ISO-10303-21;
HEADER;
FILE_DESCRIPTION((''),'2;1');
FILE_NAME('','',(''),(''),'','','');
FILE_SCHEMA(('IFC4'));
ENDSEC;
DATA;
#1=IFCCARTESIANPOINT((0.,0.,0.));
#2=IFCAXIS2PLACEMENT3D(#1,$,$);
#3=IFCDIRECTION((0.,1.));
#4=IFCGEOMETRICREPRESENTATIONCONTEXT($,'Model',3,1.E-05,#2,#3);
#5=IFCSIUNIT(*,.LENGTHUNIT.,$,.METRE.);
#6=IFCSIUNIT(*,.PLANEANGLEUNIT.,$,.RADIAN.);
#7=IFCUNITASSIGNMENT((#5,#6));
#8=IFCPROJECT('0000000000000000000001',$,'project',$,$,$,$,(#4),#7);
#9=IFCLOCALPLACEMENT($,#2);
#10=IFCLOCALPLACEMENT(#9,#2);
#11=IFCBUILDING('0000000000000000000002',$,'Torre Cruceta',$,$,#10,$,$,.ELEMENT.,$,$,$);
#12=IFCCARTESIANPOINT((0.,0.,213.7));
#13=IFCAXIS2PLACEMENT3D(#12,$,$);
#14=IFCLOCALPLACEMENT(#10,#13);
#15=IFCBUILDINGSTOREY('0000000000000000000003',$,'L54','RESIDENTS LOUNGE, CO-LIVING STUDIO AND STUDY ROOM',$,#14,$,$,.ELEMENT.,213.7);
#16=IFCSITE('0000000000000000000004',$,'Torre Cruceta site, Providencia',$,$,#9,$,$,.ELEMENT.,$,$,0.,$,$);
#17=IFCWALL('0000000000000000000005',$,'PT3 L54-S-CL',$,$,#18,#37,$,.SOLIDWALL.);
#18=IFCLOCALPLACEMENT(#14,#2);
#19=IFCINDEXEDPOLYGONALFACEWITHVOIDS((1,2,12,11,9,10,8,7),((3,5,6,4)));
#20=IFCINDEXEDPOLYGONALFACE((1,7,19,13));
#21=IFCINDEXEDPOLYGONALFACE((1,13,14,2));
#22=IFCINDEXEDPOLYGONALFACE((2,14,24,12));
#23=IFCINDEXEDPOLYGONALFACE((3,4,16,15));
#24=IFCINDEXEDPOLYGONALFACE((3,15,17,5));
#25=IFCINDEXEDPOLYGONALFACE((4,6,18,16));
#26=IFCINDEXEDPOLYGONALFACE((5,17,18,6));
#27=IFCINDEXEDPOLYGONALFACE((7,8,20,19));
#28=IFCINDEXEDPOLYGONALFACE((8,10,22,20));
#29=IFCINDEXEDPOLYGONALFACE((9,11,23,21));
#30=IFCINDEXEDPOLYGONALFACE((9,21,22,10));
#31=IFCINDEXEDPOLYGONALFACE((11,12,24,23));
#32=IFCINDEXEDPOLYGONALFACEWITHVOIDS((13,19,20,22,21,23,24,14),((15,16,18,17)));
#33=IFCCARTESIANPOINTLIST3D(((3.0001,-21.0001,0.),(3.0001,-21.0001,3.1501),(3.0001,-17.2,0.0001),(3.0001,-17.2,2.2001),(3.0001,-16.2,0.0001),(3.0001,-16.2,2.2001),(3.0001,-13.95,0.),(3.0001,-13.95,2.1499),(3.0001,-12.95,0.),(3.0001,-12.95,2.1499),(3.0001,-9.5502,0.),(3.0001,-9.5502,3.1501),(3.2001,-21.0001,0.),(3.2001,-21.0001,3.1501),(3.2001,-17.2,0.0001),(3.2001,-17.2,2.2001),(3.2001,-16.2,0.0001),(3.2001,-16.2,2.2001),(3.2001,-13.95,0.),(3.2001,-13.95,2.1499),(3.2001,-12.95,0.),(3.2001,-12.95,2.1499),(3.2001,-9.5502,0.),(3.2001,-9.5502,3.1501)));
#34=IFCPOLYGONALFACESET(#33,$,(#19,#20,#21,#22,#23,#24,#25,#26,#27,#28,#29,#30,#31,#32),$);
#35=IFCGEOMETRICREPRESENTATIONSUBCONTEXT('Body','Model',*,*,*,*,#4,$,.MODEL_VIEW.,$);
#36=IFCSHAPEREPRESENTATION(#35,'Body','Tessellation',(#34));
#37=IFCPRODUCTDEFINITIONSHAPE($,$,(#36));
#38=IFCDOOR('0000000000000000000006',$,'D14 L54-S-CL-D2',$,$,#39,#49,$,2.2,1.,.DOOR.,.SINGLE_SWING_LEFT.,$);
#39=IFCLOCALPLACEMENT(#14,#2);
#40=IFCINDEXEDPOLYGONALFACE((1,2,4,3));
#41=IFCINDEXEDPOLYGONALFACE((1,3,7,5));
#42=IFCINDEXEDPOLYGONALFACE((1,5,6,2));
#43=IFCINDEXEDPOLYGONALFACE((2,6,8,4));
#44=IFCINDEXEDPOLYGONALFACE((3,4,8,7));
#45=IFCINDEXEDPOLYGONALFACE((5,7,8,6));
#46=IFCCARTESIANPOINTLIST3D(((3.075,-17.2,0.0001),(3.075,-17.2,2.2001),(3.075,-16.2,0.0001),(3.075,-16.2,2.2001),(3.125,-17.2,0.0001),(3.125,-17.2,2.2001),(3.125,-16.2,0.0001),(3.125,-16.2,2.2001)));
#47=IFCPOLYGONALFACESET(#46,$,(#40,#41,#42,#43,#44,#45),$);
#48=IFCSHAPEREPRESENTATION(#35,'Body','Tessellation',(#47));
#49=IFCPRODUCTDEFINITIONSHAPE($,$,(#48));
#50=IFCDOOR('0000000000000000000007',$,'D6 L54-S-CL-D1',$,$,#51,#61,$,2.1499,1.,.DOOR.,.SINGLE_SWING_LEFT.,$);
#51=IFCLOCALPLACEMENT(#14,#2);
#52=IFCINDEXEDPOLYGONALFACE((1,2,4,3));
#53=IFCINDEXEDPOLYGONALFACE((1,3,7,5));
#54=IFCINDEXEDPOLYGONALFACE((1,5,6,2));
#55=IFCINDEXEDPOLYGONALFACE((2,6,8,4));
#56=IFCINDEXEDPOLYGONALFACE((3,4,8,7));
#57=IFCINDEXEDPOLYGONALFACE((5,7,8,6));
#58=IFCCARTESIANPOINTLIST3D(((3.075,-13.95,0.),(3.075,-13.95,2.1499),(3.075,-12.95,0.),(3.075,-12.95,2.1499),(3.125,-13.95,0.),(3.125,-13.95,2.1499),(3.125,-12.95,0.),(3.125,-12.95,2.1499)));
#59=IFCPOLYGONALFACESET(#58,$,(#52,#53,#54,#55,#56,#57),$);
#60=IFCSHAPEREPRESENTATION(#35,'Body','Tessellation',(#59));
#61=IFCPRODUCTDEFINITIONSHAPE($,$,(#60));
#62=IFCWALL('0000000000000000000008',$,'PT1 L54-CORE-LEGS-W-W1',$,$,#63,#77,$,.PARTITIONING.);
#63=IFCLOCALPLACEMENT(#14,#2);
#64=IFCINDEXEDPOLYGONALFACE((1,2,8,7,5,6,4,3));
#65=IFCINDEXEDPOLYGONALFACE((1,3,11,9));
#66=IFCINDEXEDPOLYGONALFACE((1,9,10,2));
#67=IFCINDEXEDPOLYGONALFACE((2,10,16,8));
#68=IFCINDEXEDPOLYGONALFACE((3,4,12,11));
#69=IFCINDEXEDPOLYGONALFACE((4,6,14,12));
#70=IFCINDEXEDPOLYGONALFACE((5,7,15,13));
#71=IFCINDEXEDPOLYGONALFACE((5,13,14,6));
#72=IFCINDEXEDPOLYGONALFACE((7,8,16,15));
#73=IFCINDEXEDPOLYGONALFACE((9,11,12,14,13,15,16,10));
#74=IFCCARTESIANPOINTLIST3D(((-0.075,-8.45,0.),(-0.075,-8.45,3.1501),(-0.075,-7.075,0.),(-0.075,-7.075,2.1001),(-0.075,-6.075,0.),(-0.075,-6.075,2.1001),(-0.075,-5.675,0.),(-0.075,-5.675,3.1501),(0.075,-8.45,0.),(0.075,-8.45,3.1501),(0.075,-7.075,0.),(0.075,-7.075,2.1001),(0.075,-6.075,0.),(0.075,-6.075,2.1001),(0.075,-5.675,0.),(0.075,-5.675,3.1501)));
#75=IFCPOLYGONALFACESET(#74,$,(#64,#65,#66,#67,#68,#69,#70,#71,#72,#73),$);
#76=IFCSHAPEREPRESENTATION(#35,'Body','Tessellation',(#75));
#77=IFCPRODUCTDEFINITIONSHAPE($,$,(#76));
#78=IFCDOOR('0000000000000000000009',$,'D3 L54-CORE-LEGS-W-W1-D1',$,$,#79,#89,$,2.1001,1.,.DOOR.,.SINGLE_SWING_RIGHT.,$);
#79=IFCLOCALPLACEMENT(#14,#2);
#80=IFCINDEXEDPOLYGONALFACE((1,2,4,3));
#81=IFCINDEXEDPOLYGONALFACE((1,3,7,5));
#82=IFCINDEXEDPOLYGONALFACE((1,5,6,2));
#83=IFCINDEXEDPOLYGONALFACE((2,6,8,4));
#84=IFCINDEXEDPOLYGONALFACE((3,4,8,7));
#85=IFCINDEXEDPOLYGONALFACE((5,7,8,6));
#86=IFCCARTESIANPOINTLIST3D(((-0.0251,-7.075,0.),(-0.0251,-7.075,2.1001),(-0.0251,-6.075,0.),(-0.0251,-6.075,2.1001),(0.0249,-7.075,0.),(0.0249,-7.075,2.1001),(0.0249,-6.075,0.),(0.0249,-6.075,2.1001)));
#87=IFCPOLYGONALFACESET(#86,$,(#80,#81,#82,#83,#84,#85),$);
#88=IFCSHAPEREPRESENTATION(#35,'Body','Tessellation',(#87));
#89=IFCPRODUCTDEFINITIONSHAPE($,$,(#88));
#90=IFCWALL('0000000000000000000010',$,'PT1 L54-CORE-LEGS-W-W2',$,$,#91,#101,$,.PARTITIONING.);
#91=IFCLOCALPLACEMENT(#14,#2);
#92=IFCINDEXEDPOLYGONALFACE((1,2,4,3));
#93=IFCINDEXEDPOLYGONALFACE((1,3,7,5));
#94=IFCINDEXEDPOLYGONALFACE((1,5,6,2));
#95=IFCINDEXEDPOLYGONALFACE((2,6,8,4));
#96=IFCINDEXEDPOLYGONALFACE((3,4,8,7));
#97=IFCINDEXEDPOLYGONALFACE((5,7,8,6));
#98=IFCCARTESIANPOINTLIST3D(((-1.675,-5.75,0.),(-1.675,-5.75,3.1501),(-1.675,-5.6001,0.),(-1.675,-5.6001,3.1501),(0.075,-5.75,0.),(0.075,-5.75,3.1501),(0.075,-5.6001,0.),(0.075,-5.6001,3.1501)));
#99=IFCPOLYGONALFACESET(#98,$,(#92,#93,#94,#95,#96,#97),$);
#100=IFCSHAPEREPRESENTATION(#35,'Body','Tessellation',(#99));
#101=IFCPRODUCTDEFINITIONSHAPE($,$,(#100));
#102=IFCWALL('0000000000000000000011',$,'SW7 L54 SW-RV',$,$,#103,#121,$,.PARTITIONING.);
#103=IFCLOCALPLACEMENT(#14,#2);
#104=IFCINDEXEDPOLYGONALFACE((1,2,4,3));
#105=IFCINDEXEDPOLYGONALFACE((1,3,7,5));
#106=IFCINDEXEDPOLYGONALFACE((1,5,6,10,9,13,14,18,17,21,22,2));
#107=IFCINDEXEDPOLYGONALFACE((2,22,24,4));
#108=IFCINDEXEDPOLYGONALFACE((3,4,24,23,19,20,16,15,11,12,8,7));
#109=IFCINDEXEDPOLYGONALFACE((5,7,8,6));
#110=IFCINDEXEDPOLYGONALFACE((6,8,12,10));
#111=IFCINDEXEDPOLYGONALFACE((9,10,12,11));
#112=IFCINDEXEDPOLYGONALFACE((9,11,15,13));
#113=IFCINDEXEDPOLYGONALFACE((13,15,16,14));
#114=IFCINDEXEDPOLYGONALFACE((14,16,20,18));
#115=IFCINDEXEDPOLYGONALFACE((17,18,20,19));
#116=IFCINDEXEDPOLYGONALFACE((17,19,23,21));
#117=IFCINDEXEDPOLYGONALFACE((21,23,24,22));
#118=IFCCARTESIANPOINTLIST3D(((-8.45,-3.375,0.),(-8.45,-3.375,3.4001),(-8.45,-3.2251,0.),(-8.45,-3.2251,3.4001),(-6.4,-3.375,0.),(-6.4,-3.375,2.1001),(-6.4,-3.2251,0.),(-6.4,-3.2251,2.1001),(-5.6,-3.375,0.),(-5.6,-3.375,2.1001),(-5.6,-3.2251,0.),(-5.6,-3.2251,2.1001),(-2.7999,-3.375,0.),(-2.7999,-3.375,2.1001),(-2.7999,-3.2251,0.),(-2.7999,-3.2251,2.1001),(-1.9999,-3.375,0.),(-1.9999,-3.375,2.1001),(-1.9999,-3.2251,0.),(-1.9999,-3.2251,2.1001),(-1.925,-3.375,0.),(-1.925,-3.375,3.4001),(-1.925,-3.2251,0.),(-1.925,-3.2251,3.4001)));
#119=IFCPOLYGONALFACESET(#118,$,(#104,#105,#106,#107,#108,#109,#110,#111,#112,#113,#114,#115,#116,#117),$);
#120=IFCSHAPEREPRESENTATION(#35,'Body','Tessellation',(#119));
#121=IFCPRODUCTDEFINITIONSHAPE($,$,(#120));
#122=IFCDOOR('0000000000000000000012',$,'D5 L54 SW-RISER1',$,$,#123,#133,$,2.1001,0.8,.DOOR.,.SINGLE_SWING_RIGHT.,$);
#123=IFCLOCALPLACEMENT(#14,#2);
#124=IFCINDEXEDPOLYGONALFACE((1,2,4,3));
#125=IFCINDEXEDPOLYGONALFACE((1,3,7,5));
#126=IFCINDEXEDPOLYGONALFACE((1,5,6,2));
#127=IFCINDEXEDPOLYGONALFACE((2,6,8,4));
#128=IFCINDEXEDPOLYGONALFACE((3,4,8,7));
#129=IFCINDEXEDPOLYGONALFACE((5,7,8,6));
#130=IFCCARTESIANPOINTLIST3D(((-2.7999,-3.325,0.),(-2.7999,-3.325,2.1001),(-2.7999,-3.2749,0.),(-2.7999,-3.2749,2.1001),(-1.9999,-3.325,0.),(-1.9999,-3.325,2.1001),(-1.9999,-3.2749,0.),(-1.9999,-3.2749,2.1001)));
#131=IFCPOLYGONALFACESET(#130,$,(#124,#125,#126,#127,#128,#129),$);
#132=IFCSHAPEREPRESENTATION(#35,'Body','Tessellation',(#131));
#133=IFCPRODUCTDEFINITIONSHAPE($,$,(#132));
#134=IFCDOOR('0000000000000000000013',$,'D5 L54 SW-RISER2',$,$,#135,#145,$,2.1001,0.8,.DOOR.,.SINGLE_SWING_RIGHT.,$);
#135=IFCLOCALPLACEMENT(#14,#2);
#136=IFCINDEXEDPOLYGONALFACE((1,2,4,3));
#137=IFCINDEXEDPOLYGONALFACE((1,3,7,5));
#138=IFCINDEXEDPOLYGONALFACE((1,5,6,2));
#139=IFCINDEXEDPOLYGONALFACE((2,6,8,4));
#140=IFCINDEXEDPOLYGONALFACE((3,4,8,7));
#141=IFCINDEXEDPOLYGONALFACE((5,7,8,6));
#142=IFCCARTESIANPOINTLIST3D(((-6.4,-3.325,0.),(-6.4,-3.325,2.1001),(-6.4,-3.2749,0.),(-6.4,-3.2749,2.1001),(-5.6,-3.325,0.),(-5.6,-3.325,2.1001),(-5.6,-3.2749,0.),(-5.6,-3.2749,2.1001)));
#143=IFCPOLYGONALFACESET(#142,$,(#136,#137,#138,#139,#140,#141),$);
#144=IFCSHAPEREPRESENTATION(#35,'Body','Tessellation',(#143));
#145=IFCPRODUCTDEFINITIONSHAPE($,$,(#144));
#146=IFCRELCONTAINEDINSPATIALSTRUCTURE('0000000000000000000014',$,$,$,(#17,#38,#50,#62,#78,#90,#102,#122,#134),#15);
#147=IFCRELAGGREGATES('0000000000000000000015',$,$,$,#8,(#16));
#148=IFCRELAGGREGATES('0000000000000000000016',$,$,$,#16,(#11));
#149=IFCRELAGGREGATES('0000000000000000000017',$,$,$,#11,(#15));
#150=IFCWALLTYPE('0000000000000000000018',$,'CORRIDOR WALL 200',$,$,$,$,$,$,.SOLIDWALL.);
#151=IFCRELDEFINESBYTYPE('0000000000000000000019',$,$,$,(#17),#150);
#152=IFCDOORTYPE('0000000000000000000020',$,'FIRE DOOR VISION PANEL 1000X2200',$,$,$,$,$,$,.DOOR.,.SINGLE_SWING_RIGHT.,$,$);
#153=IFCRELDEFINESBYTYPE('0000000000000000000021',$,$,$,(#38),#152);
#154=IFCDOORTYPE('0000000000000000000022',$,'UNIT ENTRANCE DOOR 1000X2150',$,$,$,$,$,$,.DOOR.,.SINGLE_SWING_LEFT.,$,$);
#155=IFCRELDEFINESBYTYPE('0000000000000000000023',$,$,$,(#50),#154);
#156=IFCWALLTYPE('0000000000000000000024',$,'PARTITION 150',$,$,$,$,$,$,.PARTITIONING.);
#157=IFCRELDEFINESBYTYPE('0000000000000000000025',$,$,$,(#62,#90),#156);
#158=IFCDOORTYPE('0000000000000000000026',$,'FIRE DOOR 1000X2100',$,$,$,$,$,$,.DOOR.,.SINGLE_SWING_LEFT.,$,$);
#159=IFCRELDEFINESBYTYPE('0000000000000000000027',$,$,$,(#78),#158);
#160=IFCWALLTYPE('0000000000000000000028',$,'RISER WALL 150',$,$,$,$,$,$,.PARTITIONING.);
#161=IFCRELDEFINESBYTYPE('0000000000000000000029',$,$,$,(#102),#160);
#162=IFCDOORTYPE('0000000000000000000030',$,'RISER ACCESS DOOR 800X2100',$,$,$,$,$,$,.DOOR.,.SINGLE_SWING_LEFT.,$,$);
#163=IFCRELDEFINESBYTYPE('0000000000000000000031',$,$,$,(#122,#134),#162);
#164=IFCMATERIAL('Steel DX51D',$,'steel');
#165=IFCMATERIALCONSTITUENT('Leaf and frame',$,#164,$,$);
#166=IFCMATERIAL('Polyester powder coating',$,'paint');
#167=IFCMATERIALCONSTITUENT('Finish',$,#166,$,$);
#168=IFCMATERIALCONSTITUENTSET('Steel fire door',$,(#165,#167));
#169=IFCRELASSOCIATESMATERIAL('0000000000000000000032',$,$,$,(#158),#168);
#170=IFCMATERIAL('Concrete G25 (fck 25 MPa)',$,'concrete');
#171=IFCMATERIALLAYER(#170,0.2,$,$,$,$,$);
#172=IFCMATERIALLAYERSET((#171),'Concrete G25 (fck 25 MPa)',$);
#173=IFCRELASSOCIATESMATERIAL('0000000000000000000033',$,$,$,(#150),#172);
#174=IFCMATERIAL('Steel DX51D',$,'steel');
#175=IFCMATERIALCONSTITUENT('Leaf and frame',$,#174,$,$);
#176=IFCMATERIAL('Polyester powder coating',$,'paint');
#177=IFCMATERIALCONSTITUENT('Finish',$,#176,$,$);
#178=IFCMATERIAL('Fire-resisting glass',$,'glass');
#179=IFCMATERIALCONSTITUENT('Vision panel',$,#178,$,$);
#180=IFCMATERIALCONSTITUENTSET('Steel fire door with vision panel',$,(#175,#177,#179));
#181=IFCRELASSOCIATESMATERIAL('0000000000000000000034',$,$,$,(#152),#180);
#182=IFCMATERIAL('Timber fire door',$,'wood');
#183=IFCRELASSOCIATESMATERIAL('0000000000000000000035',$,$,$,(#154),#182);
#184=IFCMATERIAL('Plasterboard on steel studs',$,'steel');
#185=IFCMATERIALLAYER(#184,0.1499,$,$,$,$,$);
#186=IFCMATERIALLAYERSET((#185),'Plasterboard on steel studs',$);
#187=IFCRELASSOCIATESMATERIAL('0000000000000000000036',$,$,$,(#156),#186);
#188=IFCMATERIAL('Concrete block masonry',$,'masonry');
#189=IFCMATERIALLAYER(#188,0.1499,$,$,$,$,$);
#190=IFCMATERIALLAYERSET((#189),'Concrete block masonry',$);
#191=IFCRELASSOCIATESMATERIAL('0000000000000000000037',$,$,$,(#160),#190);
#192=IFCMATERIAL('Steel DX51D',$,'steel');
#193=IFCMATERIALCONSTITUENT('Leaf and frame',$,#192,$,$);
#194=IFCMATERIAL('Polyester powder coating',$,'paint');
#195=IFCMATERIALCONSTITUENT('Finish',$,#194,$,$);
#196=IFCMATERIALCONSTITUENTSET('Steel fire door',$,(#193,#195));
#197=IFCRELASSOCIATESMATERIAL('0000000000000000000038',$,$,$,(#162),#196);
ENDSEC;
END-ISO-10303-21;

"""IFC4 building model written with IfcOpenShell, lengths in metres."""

from ifc_helpers import new_model, si_unit, direction, frame, frame_2d, origin, place, context, subcontext, project, spatial, rectangle, extrude, material, layer, layer_set, constituent, constituent_set, type_object, element, fill, save


model = new_model("IFC4")

# Units and contexts
model_context = context("Model", 3, precision=1e-05, world=origin(), true_north=direction((0.0, 1.0)))
body_context = subcontext(model_context, "Body", "Model", "MODEL_VIEW")
ifc_project = project(units=[si_unit("LENGTHUNIT", "METRE"), si_unit("PLANEANGLEUNIT", "RADIAN")], contexts=[model_context])

# Site, building, storey
site_placement = place(None, origin())
site = spatial("IfcSite", under=ifc_project, at=site_placement, Name="Torre Cruceta site, Providencia", CompositionType="ELEMENT", RefElevation=0.0)
building_placement = place(site_placement, origin())
building = spatial("IfcBuilding", under=site, at=building_placement, Name="Torre Cruceta", CompositionType="ELEMENT")
storey_placement = place(building_placement, frame((0.0, 0.0, 213.7)))
storey = spatial("IfcBuildingStorey", under=building, at=storey_placement, Name="L54", Description="RESIDENTS LOUNGE, CO-LIVING STUDIO AND STUDY ROOM", CompositionType="ELEMENT", Elevation=213.7)

# Shared definitions
ifc_material_1 = material(Name="Steel DX51D", Category="steel")
ifc_constituent_1 = constituent(ifc_material_1, Name="Leaf and frame")
ifc_material_2 = material(Name="Polyester powder coating", Category="paint")
ifc_constituent_2 = constituent(ifc_material_2, Name="Finish")
ifc_constituent_set_1 = constituent_set(constituents=[ifc_constituent_1, ifc_constituent_2], Name="Steel fire door")
door_type_1 = type_object("IfcDoorType", Name="FIRE DOOR 1000X2100", OperationType="SINGLE_SWING_LEFT", PredefinedType="DOOR", material=ifc_constituent_set_1)

# Wall, openings, doors
ifc_material_3 = material(Name="Concrete G25 (fck 25 MPa)", Category="concrete")
ifc_layer_1 = layer(ifc_material_3, 0.2)
ifc_layer_set_1 = layer_set([ifc_layer_1], Name="Concrete G25 (fck 25 MPa)")
wall_type_1 = type_object("IfcWallType", Name="CORRIDOR WALL 200", PredefinedType="SOLIDWALL", material=ifc_layer_set_1)
wall_1_placement = place(storey_placement, frame((3.1001, -9.55, 0.0), z_axis=(0.0, 0.0, 1.0), x_axis=(0.0, -1.0, 0.0)))
wall_1 = element("IfcWall", 1, at=wall_1_placement, inside=storey, type_object=wall_type_1, Name="PT3 L54-S-CL", PredefinedType="SOLIDWALL", context=body_context, shape_type="SweptSolid", body=[
    extrude(rectangle(XDim=11.45, YDim=0.2, at=frame_2d((5.7251, 0.0))), origin(), (0.0, 0.0, 1.0), 3.1501),
])
opening_1_placement = place(wall_1_placement, frame((3.3999, 0.0, 0.0)))
opening_1 = element("IfcOpeningElement", 2, at=opening_1_placement, cuts=wall_1, PredefinedType="OPENING", context=body_context, shape_type="SweptSolid", body=[
    extrude(rectangle(XDim=1.0, YDim=2.1499, at=frame_2d((0.5, 1.075))), frame((0.0, 0.1099, 0.0), z_axis=(0.0, -1.0, 0.0), x_axis=(1.0, 0.0, 0.0)), (0.0, 0.0, 1.0), 0.22),
])
opening_2_placement = place(wall_1_placement, frame((6.6499, 0.0, 0.0)))
opening_2 = element("IfcOpeningElement", 3, at=opening_2_placement, cuts=wall_1, PredefinedType="OPENING", context=body_context, shape_type="SweptSolid", body=[
    extrude(rectangle(XDim=1.0, YDim=2.2, at=frame_2d((0.5, 1.1001))), frame((0.0, 0.1099, 0.0), z_axis=(0.0, -1.0, 0.0), x_axis=(1.0, 0.0, 0.0)), (0.0, 0.0, 1.0), 0.22),
])
ifc_material_4 = material(Name="Steel DX51D", Category="steel")
ifc_constituent_3 = constituent(ifc_material_4, Name="Leaf and frame")
ifc_material_5 = material(Name="Polyester powder coating", Category="paint")
ifc_constituent_4 = constituent(ifc_material_5, Name="Finish")
ifc_material_6 = material(Name="Fire-resisting glass", Category="glass")
ifc_constituent_5 = constituent(ifc_material_6, Name="Vision panel")
ifc_constituent_set_2 = constituent_set(constituents=[ifc_constituent_3, ifc_constituent_4, ifc_constituent_5], Name="Steel fire door with vision panel")
door_type_2 = type_object("IfcDoorType", Name="FIRE DOOR VISION PANEL 1000X2200", OperationType="SINGLE_SWING_RIGHT", PredefinedType="DOOR", material=ifc_constituent_set_2)
door_1_placement = place(opening_2_placement, origin())
door_1 = element("IfcDoor", 4, at=door_1_placement, inside=storey, type_object=door_type_2, Name="D14 L54-S-CL-D2", OperationType="SINGLE_SWING_LEFT", OverallHeight=2.2, OverallWidth=1.0, PredefinedType="DOOR", context=body_context, shape_type="SweptSolid", body=[
    extrude(rectangle(XDim=1.0, YDim=2.2, at=frame_2d((0.5, 1.1001))), frame((0.0, 0.0249, 0.0), z_axis=(0.0, -1.0, 0.0), x_axis=(1.0, 0.0, 0.0)), (0.0, 0.0, 1.0), 0.05),
])
fill(opening_2, door_1)
ifc_material_7 = material(Name="Timber fire door", Category="wood")
door_type_3 = type_object("IfcDoorType", Name="UNIT ENTRANCE DOOR 1000X2150", OperationType="SINGLE_SWING_LEFT", PredefinedType="DOOR", material=ifc_material_7)
door_2_placement = place(opening_1_placement, origin())
door_2 = element("IfcDoor", 5, at=door_2_placement, inside=storey, type_object=door_type_3, Name="D6 L54-S-CL-D1", OperationType="SINGLE_SWING_LEFT", OverallHeight=2.1499, OverallWidth=1.0, PredefinedType="DOOR", context=body_context, shape_type="SweptSolid", body=[
    extrude(rectangle(XDim=1.0, YDim=2.1499, at=frame_2d((0.5, 1.075))), frame((0.0, 0.0249, 0.0), z_axis=(0.0, -1.0, 0.0), x_axis=(1.0, 0.0, 0.0)), (0.0, 0.0, 1.0), 0.05),
])
fill(opening_1, door_2)

# Wall, opening, door
ifc_material_8 = material(Name="Plasterboard on steel studs", Category="steel")
ifc_layer_2 = layer(ifc_material_8, 0.1499)
ifc_layer_set_2 = layer_set([ifc_layer_2], Name="Plasterboard on steel studs")
wall_type_2 = type_object("IfcWallType", Name="PARTITION 150", PredefinedType="PARTITIONING", material=ifc_layer_set_2)
wall_2_placement = place(storey_placement, frame((0.0, -5.675, 0.0), z_axis=(0.0, 0.0, 1.0), x_axis=(0.0, -1.0, 0.0)))
wall_2 = element("IfcWall", 6, at=wall_2_placement, inside=storey, type_object=wall_type_2, Name="PT1 L54-CORE-LEGS-W-W1", PredefinedType="PARTITIONING", context=body_context, shape_type="SweptSolid", body=[
    extrude(rectangle(XDim=2.7749, YDim=0.1499, at=frame_2d((1.3875, 0.0))), origin(), (0.0, 0.0, 1.0), 3.1501),
])
opening_3_placement = place(wall_2_placement, frame((0.3999, 0.0, 0.0)))
opening_3 = element("IfcOpeningElement", 7, at=opening_3_placement, cuts=wall_2, PredefinedType="OPENING", context=body_context, shape_type="SweptSolid", body=[
    extrude(rectangle(XDim=1.0, YDim=2.1001, at=frame_2d((0.5, 1.05))), frame((0.0, 0.085, 0.0), z_axis=(0.0, -1.0, 0.0), x_axis=(1.0, 0.0, 0.0)), (0.0, 0.0, 1.0), 0.1699),
])
door_3_placement = place(opening_3_placement, frame((1.0, 0.0, 0.0), z_axis=(0.0, 0.0, 1.0), x_axis=(-1.0, 0.0, 0.0)))
door_3 = element("IfcDoor", 8, at=door_3_placement, inside=storey, type_object=door_type_1, Name="D3 L54-CORE-LEGS-W-W1-D1", OperationType="SINGLE_SWING_RIGHT", OverallHeight=2.1001, OverallWidth=1.0, PredefinedType="DOOR", context=body_context, shape_type="SweptSolid", body=[
    extrude(rectangle(XDim=1.0, YDim=2.1001, at=frame_2d((0.5, 1.05))), frame((0.0, 0.0251, 0.0), z_axis=(0.0, -1.0, 0.0), x_axis=(1.0, 0.0, 0.0)), (0.0, 0.0, 1.0), 0.05),
])
fill(opening_3, door_3)

# Wall
wall_3_placement = place(storey_placement, frame((-1.675, -5.675, 0.0), z_axis=(0.0, 0.0, 1.0), x_axis=(1.0, 0.0, 0.0)))
element("IfcWall", 9, at=wall_3_placement, inside=storey, type_object=wall_type_2, Name="PT1 L54-CORE-LEGS-W-W2", PredefinedType="PARTITIONING", context=body_context, shape_type="SweptSolid", body=[
    extrude(rectangle(XDim=1.75, YDim=0.1499, at=frame_2d((0.875, 0.0))), origin(), (0.0, 0.0, 1.0), 3.1501),
])

# Wall, openings, doors
ifc_material_9 = material(Name="Concrete block masonry", Category="masonry")
ifc_layer_3 = layer(ifc_material_9, 0.1499)
ifc_layer_set_3 = layer_set([ifc_layer_3], Name="Concrete block masonry")
wall_type_3 = type_object("IfcWallType", Name="RISER WALL 150", PredefinedType="PARTITIONING", material=ifc_layer_set_3)
wall_4_placement = place(storey_placement, frame((-1.925, -3.3, 0.0), z_axis=(0.0, 0.0, 1.0), x_axis=(-1.0, 0.0, 0.0)))
wall_4 = element("IfcWall", 10, at=wall_4_placement, inside=storey, type_object=wall_type_3, Name="SW7 L54 SW-RV", PredefinedType="PARTITIONING", context=body_context, shape_type="SweptSolid", body=[
    extrude(rectangle(XDim=6.5249, YDim=0.1499, at=frame_2d((3.2625, 0.0))), origin(), (0.0, 0.0, 1.0), 3.4001),
])
opening_4_placement = place(wall_4_placement, frame((0.075, 0.0, 0.0)))
opening_4 = element("IfcOpeningElement", 11, at=opening_4_placement, cuts=wall_4, PredefinedType="OPENING", context=body_context, shape_type="SweptSolid", body=[
    extrude(rectangle(XDim=0.8, YDim=2.1001, at=frame_2d((0.3999, 1.05))), frame((0.0, 0.085, 0.0), z_axis=(0.0, -1.0, 0.0), x_axis=(1.0, 0.0, 0.0)), (0.0, 0.0, 1.0), 0.1699),
])
opening_5_placement = place(wall_4_placement, frame((3.675, 0.0, 0.0)))
opening_5 = element("IfcOpeningElement", 12, at=opening_5_placement, cuts=wall_4, PredefinedType="OPENING", context=body_context, shape_type="SweptSolid", body=[
    extrude(rectangle(XDim=0.8, YDim=2.1001, at=frame_2d((0.3999, 1.05))), frame((0.0, 0.085, 0.0), z_axis=(0.0, -1.0, 0.0), x_axis=(1.0, 0.0, 0.0)), (0.0, 0.0, 1.0), 0.1699),
])
ifc_material_10 = material(Name="Steel DX51D", Category="steel")
ifc_constituent_6 = constituent(ifc_material_10, Name="Leaf and frame")
ifc_material_11 = material(Name="Polyester powder coating", Category="paint")
ifc_constituent_7 = constituent(ifc_material_11, Name="Finish")
ifc_constituent_set_3 = constituent_set(constituents=[ifc_constituent_6, ifc_constituent_7], Name="Steel fire door")
door_type_4 = type_object("IfcDoorType", Name="RISER ACCESS DOOR 800X2100", OperationType="SINGLE_SWING_LEFT", PredefinedType="DOOR", material=ifc_constituent_set_3)
door_4_placement = place(opening_4_placement, frame((0.8, 0.0, 0.0), z_axis=(0.0, 0.0, 1.0), x_axis=(-1.0, 0.0, 0.0)))
door_4 = element("IfcDoor", 13, at=door_4_placement, inside=storey, type_object=door_type_4, Name="D5 L54 SW-RISER1", OperationType="SINGLE_SWING_RIGHT", OverallHeight=2.1001, OverallWidth=0.8, PredefinedType="DOOR", context=body_context, shape_type="SweptSolid", body=[
    extrude(rectangle(XDim=0.8, YDim=2.1001, at=frame_2d((0.4001, 1.05))), frame((0.0, 0.0251, 0.0), z_axis=(0.0, -1.0, 0.0), x_axis=(1.0, 0.0, 0.0)), (0.0, 0.0, 1.0), 0.05),
])
fill(opening_4, door_4)
door_5_placement = place(opening_5_placement, frame((0.8, 0.0, 0.0), z_axis=(0.0, 0.0, 1.0), x_axis=(-1.0, 0.0, 0.0)))
door_5 = element("IfcDoor", 14, at=door_5_placement, inside=storey, type_object=door_type_4, Name="D5 L54 SW-RISER2", OperationType="SINGLE_SWING_RIGHT", OverallHeight=2.1001, OverallWidth=0.8, PredefinedType="DOOR", context=body_context, shape_type="SweptSolid", body=[
    extrude(rectangle(XDim=0.8, YDim=2.1001, at=frame_2d((0.4001, 1.05))), frame((0.0, 0.0251, 0.0), z_axis=(0.0, -1.0, 0.0), x_axis=(1.0, 0.0, 0.0)), (0.0, 0.0, 1.0), 0.05),
])
fill(opening_5, door_5)

save(model, "model.ifc")
